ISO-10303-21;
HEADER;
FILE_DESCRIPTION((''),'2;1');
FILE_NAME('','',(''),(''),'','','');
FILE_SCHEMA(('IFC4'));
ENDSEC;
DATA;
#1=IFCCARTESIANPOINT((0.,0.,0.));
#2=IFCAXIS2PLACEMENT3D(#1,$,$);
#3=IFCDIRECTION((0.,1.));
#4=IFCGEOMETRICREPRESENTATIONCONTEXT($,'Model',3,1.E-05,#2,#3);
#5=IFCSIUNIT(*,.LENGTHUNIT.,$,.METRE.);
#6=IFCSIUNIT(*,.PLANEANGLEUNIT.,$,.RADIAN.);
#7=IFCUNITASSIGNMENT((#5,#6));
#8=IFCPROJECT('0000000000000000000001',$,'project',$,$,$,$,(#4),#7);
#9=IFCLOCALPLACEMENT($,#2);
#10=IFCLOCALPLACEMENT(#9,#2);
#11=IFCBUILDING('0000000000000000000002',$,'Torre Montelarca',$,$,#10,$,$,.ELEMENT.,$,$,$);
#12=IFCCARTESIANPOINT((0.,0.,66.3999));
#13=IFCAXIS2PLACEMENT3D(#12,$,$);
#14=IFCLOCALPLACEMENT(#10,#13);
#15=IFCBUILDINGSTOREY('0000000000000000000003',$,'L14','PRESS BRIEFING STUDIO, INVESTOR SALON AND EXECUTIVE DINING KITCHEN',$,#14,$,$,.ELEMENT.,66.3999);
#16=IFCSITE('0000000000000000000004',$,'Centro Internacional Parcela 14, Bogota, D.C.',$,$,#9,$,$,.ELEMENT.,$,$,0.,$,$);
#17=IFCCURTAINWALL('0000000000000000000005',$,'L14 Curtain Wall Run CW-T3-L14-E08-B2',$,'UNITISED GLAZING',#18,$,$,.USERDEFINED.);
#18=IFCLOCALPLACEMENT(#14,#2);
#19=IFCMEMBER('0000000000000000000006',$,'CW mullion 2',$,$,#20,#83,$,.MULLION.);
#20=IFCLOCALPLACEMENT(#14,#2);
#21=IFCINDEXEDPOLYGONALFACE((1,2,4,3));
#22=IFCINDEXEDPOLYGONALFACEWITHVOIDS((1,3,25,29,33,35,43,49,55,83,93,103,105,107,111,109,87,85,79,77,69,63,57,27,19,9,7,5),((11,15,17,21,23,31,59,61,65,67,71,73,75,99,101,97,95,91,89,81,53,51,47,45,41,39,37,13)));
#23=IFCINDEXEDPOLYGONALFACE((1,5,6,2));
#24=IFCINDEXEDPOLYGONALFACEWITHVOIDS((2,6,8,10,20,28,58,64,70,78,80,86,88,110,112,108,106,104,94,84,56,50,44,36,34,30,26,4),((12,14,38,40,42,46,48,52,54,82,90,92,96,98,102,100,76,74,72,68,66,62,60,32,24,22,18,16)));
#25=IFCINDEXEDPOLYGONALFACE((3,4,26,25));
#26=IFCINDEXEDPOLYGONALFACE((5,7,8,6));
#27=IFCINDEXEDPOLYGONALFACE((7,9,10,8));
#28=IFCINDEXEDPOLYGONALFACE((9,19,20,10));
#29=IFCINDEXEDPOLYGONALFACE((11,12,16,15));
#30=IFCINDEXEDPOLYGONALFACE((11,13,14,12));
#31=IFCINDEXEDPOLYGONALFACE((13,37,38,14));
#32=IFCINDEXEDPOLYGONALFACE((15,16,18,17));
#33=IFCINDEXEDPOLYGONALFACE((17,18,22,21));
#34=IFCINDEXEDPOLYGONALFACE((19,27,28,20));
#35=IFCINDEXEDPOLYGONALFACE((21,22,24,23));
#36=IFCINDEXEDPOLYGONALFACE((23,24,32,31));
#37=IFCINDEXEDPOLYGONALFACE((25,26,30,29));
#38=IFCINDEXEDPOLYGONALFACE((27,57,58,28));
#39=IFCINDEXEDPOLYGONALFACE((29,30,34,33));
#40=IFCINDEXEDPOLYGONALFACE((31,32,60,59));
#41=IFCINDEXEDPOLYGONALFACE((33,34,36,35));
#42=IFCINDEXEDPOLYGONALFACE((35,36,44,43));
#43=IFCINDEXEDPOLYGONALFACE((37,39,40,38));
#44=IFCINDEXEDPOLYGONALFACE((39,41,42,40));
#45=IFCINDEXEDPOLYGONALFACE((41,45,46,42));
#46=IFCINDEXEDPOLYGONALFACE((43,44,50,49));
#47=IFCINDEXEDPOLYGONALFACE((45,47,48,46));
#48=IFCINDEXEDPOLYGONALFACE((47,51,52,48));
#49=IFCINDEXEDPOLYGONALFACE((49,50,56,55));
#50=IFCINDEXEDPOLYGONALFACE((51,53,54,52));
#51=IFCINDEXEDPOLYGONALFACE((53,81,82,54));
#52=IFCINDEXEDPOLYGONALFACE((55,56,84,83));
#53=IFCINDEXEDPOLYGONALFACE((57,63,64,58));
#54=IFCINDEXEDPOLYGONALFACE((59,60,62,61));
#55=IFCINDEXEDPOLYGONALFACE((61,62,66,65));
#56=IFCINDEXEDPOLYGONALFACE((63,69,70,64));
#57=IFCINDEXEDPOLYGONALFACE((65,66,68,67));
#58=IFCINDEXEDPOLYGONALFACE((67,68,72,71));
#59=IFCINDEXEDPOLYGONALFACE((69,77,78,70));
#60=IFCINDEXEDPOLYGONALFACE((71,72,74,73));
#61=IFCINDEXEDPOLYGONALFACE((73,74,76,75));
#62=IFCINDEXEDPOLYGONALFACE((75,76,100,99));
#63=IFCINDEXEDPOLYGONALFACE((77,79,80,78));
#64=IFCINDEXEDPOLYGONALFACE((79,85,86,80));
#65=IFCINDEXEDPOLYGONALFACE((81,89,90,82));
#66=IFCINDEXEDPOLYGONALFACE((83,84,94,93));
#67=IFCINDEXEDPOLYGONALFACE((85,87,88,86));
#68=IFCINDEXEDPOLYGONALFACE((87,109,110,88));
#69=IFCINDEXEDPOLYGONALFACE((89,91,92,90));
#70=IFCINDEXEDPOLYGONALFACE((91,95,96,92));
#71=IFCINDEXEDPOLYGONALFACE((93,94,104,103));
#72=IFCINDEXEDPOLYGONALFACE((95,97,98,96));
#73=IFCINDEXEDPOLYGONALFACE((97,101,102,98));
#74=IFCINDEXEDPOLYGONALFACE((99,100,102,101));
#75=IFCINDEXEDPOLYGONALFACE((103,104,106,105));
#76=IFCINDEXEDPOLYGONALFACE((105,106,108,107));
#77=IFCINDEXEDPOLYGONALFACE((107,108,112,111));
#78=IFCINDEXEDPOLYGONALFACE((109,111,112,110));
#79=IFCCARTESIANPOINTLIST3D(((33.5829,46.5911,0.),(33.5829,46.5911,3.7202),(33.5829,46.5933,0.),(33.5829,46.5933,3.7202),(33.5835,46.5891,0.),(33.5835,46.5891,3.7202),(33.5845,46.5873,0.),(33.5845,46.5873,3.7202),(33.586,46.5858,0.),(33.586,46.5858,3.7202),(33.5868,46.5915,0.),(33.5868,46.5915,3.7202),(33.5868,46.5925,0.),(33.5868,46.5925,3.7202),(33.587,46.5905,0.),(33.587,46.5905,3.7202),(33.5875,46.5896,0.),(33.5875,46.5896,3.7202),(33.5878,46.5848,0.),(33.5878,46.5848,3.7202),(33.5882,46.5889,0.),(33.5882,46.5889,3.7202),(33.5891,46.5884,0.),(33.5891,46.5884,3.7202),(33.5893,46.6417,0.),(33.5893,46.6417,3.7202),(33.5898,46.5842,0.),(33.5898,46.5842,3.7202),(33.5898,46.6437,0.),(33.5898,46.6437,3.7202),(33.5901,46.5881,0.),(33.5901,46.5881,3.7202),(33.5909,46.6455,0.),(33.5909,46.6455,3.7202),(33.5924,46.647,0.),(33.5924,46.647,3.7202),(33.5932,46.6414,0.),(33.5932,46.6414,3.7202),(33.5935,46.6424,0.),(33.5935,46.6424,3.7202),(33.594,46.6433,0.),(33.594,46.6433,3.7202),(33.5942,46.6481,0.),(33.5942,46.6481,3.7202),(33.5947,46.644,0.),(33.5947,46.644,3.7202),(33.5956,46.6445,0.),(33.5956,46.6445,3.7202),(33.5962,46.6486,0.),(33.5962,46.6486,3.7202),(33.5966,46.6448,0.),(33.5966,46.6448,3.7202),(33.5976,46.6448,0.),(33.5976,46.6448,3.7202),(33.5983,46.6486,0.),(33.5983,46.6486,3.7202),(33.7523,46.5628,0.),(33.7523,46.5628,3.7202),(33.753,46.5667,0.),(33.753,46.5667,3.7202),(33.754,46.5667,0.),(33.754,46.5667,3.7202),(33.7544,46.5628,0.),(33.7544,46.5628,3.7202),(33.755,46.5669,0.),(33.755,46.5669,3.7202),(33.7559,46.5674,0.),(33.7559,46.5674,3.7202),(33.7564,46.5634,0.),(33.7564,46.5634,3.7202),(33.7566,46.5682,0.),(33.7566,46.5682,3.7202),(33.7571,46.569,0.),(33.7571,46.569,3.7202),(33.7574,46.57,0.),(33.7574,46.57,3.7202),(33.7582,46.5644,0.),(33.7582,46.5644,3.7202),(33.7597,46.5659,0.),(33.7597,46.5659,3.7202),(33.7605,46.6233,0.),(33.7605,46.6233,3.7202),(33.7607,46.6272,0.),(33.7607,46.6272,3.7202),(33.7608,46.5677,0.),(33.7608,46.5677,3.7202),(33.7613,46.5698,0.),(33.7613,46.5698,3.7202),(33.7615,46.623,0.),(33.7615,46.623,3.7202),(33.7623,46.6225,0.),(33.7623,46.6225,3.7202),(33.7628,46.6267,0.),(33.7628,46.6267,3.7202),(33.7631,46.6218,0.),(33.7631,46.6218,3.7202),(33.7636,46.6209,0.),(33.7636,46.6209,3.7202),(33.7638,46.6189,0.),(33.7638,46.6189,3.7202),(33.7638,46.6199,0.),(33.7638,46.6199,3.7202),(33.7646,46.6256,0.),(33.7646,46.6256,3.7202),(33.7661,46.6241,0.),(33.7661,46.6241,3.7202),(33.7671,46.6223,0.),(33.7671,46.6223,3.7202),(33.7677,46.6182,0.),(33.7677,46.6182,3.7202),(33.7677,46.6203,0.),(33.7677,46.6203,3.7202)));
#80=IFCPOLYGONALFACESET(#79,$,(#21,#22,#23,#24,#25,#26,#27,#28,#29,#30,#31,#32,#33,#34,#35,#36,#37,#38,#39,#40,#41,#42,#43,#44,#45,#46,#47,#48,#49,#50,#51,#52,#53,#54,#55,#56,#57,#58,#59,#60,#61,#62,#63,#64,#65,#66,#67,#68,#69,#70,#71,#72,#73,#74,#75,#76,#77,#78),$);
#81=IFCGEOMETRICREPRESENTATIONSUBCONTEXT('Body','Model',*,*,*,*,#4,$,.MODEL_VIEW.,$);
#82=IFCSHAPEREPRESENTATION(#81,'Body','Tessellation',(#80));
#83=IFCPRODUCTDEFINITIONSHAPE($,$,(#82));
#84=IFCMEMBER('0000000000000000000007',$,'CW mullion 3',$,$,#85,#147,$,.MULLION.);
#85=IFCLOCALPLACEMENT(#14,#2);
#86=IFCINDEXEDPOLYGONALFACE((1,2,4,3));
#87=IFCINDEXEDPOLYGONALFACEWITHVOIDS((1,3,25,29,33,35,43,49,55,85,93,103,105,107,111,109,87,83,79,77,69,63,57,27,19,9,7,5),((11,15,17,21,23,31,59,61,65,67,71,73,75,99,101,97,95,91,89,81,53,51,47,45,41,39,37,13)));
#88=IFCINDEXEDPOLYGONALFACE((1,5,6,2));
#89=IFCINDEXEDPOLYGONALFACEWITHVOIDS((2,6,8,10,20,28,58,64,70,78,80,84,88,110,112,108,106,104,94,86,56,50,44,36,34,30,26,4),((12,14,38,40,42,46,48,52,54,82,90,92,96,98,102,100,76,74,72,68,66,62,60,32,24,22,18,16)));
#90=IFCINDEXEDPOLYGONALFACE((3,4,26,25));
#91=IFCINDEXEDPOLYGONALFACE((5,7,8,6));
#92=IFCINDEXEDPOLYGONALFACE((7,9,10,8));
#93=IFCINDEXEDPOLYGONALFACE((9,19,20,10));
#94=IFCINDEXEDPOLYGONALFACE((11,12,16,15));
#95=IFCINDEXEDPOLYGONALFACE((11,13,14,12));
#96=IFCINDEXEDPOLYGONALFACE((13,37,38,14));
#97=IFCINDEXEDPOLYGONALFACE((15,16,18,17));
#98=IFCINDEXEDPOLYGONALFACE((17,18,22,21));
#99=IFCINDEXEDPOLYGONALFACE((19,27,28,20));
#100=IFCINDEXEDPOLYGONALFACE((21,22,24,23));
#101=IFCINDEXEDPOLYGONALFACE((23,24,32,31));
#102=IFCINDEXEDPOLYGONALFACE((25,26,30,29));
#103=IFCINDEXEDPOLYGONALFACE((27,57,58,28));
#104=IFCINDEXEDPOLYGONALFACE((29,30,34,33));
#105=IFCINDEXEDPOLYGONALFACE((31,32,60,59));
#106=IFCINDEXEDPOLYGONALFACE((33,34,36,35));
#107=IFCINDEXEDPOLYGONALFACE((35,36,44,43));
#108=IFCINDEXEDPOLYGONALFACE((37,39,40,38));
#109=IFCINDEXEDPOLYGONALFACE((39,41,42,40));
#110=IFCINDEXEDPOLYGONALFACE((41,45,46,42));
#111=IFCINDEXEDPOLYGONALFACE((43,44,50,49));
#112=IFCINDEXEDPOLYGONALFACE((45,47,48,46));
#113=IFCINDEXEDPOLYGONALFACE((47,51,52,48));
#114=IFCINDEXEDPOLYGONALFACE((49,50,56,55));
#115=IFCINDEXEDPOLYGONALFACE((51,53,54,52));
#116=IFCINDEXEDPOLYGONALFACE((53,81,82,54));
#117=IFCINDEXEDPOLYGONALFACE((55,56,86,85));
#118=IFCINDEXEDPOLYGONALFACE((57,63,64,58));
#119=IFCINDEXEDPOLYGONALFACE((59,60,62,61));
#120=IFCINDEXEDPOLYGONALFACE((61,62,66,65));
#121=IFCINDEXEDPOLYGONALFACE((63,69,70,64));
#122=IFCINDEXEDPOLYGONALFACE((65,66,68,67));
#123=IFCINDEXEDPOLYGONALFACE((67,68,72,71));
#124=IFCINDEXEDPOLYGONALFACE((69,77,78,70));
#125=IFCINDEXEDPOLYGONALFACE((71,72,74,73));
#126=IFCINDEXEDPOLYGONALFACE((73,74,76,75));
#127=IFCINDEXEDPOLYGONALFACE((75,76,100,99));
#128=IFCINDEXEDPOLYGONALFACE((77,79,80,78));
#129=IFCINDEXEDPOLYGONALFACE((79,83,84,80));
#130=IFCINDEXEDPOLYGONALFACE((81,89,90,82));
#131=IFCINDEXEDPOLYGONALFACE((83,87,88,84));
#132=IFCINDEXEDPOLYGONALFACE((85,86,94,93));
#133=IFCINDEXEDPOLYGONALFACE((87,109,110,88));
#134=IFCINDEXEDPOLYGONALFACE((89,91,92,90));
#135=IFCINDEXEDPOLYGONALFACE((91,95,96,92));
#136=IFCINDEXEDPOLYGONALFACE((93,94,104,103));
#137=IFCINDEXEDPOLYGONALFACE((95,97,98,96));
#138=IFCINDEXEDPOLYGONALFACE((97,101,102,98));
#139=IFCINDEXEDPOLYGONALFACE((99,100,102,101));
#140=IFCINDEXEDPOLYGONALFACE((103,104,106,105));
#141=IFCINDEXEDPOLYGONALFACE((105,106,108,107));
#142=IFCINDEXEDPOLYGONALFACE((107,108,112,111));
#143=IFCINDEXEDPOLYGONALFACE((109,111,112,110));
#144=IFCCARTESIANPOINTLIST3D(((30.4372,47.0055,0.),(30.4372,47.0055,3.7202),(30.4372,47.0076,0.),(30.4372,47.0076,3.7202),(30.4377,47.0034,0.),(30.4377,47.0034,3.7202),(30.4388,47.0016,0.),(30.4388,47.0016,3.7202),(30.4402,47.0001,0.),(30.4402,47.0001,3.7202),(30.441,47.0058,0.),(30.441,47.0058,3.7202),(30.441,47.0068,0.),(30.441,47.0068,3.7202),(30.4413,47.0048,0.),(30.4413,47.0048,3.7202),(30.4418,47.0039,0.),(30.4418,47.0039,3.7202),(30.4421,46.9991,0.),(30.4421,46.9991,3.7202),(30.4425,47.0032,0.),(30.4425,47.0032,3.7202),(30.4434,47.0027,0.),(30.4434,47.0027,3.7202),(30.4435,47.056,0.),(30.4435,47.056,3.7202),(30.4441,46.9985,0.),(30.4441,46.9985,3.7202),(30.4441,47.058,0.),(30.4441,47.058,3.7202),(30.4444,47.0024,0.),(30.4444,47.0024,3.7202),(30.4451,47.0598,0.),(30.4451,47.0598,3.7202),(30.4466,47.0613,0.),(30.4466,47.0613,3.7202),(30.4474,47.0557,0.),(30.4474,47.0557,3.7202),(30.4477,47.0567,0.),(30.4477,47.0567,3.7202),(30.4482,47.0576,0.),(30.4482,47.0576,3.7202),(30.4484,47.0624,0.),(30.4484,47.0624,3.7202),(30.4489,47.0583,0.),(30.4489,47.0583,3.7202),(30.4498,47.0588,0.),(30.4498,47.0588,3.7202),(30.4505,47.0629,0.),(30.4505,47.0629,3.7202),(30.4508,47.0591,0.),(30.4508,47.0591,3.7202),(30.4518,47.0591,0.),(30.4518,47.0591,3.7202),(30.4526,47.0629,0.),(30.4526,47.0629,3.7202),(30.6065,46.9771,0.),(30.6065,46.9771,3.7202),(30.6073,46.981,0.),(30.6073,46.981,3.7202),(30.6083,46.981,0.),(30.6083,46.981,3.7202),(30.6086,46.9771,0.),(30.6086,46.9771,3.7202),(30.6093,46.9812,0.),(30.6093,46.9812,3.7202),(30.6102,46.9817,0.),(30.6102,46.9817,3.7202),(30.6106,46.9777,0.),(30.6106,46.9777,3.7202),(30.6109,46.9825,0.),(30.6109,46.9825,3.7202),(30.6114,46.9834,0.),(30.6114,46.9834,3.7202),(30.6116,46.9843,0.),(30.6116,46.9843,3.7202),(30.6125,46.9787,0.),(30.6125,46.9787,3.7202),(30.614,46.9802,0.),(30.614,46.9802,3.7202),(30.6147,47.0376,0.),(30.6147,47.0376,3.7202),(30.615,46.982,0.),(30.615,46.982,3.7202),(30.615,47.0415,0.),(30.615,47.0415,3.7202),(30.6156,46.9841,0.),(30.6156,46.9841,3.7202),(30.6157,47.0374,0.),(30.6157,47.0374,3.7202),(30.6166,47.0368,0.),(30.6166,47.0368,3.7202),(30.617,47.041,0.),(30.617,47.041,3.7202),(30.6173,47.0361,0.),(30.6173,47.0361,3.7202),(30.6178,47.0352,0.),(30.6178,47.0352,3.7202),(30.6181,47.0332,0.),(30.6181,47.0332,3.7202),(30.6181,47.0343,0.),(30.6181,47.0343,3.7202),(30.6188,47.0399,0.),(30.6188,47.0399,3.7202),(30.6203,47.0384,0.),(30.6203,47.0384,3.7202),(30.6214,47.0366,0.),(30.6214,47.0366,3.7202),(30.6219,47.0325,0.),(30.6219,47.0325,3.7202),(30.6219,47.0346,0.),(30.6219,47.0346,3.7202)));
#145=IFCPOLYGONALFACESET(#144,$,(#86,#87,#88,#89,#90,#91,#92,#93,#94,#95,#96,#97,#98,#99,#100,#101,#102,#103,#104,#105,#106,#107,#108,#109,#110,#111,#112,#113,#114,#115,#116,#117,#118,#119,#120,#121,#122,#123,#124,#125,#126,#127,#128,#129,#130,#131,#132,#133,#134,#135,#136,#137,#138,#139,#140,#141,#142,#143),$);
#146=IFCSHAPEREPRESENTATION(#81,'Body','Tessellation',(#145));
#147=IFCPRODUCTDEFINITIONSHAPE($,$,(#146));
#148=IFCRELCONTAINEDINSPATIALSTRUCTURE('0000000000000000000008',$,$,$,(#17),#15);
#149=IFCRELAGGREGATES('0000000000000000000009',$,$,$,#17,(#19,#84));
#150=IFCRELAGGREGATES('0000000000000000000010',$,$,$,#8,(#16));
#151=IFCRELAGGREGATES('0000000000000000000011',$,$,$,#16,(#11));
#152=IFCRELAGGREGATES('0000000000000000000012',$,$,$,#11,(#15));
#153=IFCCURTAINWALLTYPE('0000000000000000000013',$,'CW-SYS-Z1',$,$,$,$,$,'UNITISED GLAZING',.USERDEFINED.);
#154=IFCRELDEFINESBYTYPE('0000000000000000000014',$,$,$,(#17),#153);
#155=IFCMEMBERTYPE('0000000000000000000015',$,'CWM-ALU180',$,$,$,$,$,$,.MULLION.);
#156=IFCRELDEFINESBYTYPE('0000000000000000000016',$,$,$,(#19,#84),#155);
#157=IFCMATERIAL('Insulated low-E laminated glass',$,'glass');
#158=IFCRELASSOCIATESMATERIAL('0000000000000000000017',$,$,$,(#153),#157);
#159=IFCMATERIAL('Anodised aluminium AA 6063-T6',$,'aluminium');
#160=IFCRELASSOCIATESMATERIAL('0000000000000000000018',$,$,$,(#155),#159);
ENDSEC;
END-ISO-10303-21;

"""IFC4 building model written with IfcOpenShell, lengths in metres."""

from ifc_helpers import new_model, si_unit, direction, frame, origin, origin_2d, place, context, subcontext, project, spatial, hollow_rectangle, extrude, source, transform, mapped, material, material_profile, profile_set, type_object, element, aggregate, save


model = new_model("IFC4")

# Units and contexts
model_context = context("Model", 3, precision=1e-05, world=origin(), true_north=direction((0.0, 1.0)))
body_context = subcontext(model_context, "Body", "Model", "MODEL_VIEW")
ifc_project = project(units=[si_unit("LENGTHUNIT", "METRE"), si_unit("PLANEANGLEUNIT", "RADIAN")], contexts=[model_context])

# Site, building, storey
site_placement = place(None, origin())
site = spatial("IfcSite", under=ifc_project, at=site_placement, Name="Centro Internacional Parcela 14, Bogota, D.C.", CompositionType="ELEMENT", RefElevation=0.0)
building_placement = place(site_placement, origin())
building = spatial("IfcBuilding", under=site, at=building_placement, Name="Torre Montelarca", CompositionType="ELEMENT")
storey_placement = place(building_placement, frame((0.0, 0.0, 66.3999)))
storey = spatial("IfcBuildingStorey", under=building, at=storey_placement, Name="L14", Description="PRESS BRIEFING STUDIO, INVESTOR SALON AND EXECUTIVE DINING KITCHEN", CompositionType="ELEMENT", Elevation=66.3999)

# Curtain wall
ifc_material_1 = material(Name="Insulated low-E laminated glass", Category="glass")
curtain_wall_type = type_object("IfcCurtainWallType", Name="CW-SYS-Z1", ElementType="UNITISED GLAZING", PredefinedType="USERDEFINED", material=ifc_material_1)
curtain_wall_1_placement = place(storey_placement, origin())
curtain_wall_1 = element("IfcCurtainWall", 1, at=curtain_wall_1_placement, inside=storey, type_object=curtain_wall_type, Name="L14 Curtain Wall Run CW-T3-L14-E08-B2", ObjectType="UNITISED GLAZING", PredefinedType="USERDEFINED")
ifc_material_2 = material(Name="Anodised aluminium AA 6063-T6", Category="aluminium")

# Members
ifc_material_profile_1 = material_profile(ifc_material_2, hollow_rectangle(XDim=0.0649, YDim=0.1799, WallThickness=0.0039, InnerFilletRadius=0.0039, OuterFilletRadius=0.0081, at=origin_2d()), Name="ALU65X180X4", Category="aluminium")
ifc_profile_set_1 = profile_set([ifc_material_profile_1], Name="Anodised aluminium AA 6063-T6")
member_type_1 = type_object("IfcMemberType", Name="CWM-ALU180", PredefinedType="MULLION", material=ifc_profile_set_1)
shared_shape_1 = source(origin(), body_context, "Body", "SweptSolid", [
    extrude(hollow_rectangle(XDim=0.0649, YDim=0.1799, WallThickness=0.0039, InnerFilletRadius=0.0039, OuterFilletRadius=0.0081, at=origin_2d()), origin(), (0.0, 0.0, 1.0), 3.7202),
])
member_1_placement = place(storey_placement, frame((33.6753, 46.6057, 0.0), z_axis=(0.0, 0.0, 1.0), x_axis=(-0.130531, -0.991444, 0.0)))
member_1 = element("IfcMember", 2, at=member_1_placement, type_object=member_type_1, Name="CW mullion 2", PredefinedType="MULLION", context=body_context, shape_type="MappedRepresentation", body=[
    mapped(shared_shape_1, transform((0.0, 0.0, 0.0), scale=1.0)),
])
member_2_placement = place(storey_placement, frame((30.5295, 47.02, 0.0), z_axis=(0.0, 0.0, 1.0), x_axis=(-0.130531, -0.991444, 0.0)))
member_2 = element("IfcMember", 3, at=member_2_placement, type_object=member_type_1, Name="CW mullion 3", PredefinedType="MULLION", context=body_context, shape_type="MappedRepresentation", body=[
    mapped(shared_shape_1, transform((0.0, 0.0, 0.0), scale=1.0)),
])

aggregate(curtain_wall_1, [member_1, member_2])

save(model, "model.ifc")
